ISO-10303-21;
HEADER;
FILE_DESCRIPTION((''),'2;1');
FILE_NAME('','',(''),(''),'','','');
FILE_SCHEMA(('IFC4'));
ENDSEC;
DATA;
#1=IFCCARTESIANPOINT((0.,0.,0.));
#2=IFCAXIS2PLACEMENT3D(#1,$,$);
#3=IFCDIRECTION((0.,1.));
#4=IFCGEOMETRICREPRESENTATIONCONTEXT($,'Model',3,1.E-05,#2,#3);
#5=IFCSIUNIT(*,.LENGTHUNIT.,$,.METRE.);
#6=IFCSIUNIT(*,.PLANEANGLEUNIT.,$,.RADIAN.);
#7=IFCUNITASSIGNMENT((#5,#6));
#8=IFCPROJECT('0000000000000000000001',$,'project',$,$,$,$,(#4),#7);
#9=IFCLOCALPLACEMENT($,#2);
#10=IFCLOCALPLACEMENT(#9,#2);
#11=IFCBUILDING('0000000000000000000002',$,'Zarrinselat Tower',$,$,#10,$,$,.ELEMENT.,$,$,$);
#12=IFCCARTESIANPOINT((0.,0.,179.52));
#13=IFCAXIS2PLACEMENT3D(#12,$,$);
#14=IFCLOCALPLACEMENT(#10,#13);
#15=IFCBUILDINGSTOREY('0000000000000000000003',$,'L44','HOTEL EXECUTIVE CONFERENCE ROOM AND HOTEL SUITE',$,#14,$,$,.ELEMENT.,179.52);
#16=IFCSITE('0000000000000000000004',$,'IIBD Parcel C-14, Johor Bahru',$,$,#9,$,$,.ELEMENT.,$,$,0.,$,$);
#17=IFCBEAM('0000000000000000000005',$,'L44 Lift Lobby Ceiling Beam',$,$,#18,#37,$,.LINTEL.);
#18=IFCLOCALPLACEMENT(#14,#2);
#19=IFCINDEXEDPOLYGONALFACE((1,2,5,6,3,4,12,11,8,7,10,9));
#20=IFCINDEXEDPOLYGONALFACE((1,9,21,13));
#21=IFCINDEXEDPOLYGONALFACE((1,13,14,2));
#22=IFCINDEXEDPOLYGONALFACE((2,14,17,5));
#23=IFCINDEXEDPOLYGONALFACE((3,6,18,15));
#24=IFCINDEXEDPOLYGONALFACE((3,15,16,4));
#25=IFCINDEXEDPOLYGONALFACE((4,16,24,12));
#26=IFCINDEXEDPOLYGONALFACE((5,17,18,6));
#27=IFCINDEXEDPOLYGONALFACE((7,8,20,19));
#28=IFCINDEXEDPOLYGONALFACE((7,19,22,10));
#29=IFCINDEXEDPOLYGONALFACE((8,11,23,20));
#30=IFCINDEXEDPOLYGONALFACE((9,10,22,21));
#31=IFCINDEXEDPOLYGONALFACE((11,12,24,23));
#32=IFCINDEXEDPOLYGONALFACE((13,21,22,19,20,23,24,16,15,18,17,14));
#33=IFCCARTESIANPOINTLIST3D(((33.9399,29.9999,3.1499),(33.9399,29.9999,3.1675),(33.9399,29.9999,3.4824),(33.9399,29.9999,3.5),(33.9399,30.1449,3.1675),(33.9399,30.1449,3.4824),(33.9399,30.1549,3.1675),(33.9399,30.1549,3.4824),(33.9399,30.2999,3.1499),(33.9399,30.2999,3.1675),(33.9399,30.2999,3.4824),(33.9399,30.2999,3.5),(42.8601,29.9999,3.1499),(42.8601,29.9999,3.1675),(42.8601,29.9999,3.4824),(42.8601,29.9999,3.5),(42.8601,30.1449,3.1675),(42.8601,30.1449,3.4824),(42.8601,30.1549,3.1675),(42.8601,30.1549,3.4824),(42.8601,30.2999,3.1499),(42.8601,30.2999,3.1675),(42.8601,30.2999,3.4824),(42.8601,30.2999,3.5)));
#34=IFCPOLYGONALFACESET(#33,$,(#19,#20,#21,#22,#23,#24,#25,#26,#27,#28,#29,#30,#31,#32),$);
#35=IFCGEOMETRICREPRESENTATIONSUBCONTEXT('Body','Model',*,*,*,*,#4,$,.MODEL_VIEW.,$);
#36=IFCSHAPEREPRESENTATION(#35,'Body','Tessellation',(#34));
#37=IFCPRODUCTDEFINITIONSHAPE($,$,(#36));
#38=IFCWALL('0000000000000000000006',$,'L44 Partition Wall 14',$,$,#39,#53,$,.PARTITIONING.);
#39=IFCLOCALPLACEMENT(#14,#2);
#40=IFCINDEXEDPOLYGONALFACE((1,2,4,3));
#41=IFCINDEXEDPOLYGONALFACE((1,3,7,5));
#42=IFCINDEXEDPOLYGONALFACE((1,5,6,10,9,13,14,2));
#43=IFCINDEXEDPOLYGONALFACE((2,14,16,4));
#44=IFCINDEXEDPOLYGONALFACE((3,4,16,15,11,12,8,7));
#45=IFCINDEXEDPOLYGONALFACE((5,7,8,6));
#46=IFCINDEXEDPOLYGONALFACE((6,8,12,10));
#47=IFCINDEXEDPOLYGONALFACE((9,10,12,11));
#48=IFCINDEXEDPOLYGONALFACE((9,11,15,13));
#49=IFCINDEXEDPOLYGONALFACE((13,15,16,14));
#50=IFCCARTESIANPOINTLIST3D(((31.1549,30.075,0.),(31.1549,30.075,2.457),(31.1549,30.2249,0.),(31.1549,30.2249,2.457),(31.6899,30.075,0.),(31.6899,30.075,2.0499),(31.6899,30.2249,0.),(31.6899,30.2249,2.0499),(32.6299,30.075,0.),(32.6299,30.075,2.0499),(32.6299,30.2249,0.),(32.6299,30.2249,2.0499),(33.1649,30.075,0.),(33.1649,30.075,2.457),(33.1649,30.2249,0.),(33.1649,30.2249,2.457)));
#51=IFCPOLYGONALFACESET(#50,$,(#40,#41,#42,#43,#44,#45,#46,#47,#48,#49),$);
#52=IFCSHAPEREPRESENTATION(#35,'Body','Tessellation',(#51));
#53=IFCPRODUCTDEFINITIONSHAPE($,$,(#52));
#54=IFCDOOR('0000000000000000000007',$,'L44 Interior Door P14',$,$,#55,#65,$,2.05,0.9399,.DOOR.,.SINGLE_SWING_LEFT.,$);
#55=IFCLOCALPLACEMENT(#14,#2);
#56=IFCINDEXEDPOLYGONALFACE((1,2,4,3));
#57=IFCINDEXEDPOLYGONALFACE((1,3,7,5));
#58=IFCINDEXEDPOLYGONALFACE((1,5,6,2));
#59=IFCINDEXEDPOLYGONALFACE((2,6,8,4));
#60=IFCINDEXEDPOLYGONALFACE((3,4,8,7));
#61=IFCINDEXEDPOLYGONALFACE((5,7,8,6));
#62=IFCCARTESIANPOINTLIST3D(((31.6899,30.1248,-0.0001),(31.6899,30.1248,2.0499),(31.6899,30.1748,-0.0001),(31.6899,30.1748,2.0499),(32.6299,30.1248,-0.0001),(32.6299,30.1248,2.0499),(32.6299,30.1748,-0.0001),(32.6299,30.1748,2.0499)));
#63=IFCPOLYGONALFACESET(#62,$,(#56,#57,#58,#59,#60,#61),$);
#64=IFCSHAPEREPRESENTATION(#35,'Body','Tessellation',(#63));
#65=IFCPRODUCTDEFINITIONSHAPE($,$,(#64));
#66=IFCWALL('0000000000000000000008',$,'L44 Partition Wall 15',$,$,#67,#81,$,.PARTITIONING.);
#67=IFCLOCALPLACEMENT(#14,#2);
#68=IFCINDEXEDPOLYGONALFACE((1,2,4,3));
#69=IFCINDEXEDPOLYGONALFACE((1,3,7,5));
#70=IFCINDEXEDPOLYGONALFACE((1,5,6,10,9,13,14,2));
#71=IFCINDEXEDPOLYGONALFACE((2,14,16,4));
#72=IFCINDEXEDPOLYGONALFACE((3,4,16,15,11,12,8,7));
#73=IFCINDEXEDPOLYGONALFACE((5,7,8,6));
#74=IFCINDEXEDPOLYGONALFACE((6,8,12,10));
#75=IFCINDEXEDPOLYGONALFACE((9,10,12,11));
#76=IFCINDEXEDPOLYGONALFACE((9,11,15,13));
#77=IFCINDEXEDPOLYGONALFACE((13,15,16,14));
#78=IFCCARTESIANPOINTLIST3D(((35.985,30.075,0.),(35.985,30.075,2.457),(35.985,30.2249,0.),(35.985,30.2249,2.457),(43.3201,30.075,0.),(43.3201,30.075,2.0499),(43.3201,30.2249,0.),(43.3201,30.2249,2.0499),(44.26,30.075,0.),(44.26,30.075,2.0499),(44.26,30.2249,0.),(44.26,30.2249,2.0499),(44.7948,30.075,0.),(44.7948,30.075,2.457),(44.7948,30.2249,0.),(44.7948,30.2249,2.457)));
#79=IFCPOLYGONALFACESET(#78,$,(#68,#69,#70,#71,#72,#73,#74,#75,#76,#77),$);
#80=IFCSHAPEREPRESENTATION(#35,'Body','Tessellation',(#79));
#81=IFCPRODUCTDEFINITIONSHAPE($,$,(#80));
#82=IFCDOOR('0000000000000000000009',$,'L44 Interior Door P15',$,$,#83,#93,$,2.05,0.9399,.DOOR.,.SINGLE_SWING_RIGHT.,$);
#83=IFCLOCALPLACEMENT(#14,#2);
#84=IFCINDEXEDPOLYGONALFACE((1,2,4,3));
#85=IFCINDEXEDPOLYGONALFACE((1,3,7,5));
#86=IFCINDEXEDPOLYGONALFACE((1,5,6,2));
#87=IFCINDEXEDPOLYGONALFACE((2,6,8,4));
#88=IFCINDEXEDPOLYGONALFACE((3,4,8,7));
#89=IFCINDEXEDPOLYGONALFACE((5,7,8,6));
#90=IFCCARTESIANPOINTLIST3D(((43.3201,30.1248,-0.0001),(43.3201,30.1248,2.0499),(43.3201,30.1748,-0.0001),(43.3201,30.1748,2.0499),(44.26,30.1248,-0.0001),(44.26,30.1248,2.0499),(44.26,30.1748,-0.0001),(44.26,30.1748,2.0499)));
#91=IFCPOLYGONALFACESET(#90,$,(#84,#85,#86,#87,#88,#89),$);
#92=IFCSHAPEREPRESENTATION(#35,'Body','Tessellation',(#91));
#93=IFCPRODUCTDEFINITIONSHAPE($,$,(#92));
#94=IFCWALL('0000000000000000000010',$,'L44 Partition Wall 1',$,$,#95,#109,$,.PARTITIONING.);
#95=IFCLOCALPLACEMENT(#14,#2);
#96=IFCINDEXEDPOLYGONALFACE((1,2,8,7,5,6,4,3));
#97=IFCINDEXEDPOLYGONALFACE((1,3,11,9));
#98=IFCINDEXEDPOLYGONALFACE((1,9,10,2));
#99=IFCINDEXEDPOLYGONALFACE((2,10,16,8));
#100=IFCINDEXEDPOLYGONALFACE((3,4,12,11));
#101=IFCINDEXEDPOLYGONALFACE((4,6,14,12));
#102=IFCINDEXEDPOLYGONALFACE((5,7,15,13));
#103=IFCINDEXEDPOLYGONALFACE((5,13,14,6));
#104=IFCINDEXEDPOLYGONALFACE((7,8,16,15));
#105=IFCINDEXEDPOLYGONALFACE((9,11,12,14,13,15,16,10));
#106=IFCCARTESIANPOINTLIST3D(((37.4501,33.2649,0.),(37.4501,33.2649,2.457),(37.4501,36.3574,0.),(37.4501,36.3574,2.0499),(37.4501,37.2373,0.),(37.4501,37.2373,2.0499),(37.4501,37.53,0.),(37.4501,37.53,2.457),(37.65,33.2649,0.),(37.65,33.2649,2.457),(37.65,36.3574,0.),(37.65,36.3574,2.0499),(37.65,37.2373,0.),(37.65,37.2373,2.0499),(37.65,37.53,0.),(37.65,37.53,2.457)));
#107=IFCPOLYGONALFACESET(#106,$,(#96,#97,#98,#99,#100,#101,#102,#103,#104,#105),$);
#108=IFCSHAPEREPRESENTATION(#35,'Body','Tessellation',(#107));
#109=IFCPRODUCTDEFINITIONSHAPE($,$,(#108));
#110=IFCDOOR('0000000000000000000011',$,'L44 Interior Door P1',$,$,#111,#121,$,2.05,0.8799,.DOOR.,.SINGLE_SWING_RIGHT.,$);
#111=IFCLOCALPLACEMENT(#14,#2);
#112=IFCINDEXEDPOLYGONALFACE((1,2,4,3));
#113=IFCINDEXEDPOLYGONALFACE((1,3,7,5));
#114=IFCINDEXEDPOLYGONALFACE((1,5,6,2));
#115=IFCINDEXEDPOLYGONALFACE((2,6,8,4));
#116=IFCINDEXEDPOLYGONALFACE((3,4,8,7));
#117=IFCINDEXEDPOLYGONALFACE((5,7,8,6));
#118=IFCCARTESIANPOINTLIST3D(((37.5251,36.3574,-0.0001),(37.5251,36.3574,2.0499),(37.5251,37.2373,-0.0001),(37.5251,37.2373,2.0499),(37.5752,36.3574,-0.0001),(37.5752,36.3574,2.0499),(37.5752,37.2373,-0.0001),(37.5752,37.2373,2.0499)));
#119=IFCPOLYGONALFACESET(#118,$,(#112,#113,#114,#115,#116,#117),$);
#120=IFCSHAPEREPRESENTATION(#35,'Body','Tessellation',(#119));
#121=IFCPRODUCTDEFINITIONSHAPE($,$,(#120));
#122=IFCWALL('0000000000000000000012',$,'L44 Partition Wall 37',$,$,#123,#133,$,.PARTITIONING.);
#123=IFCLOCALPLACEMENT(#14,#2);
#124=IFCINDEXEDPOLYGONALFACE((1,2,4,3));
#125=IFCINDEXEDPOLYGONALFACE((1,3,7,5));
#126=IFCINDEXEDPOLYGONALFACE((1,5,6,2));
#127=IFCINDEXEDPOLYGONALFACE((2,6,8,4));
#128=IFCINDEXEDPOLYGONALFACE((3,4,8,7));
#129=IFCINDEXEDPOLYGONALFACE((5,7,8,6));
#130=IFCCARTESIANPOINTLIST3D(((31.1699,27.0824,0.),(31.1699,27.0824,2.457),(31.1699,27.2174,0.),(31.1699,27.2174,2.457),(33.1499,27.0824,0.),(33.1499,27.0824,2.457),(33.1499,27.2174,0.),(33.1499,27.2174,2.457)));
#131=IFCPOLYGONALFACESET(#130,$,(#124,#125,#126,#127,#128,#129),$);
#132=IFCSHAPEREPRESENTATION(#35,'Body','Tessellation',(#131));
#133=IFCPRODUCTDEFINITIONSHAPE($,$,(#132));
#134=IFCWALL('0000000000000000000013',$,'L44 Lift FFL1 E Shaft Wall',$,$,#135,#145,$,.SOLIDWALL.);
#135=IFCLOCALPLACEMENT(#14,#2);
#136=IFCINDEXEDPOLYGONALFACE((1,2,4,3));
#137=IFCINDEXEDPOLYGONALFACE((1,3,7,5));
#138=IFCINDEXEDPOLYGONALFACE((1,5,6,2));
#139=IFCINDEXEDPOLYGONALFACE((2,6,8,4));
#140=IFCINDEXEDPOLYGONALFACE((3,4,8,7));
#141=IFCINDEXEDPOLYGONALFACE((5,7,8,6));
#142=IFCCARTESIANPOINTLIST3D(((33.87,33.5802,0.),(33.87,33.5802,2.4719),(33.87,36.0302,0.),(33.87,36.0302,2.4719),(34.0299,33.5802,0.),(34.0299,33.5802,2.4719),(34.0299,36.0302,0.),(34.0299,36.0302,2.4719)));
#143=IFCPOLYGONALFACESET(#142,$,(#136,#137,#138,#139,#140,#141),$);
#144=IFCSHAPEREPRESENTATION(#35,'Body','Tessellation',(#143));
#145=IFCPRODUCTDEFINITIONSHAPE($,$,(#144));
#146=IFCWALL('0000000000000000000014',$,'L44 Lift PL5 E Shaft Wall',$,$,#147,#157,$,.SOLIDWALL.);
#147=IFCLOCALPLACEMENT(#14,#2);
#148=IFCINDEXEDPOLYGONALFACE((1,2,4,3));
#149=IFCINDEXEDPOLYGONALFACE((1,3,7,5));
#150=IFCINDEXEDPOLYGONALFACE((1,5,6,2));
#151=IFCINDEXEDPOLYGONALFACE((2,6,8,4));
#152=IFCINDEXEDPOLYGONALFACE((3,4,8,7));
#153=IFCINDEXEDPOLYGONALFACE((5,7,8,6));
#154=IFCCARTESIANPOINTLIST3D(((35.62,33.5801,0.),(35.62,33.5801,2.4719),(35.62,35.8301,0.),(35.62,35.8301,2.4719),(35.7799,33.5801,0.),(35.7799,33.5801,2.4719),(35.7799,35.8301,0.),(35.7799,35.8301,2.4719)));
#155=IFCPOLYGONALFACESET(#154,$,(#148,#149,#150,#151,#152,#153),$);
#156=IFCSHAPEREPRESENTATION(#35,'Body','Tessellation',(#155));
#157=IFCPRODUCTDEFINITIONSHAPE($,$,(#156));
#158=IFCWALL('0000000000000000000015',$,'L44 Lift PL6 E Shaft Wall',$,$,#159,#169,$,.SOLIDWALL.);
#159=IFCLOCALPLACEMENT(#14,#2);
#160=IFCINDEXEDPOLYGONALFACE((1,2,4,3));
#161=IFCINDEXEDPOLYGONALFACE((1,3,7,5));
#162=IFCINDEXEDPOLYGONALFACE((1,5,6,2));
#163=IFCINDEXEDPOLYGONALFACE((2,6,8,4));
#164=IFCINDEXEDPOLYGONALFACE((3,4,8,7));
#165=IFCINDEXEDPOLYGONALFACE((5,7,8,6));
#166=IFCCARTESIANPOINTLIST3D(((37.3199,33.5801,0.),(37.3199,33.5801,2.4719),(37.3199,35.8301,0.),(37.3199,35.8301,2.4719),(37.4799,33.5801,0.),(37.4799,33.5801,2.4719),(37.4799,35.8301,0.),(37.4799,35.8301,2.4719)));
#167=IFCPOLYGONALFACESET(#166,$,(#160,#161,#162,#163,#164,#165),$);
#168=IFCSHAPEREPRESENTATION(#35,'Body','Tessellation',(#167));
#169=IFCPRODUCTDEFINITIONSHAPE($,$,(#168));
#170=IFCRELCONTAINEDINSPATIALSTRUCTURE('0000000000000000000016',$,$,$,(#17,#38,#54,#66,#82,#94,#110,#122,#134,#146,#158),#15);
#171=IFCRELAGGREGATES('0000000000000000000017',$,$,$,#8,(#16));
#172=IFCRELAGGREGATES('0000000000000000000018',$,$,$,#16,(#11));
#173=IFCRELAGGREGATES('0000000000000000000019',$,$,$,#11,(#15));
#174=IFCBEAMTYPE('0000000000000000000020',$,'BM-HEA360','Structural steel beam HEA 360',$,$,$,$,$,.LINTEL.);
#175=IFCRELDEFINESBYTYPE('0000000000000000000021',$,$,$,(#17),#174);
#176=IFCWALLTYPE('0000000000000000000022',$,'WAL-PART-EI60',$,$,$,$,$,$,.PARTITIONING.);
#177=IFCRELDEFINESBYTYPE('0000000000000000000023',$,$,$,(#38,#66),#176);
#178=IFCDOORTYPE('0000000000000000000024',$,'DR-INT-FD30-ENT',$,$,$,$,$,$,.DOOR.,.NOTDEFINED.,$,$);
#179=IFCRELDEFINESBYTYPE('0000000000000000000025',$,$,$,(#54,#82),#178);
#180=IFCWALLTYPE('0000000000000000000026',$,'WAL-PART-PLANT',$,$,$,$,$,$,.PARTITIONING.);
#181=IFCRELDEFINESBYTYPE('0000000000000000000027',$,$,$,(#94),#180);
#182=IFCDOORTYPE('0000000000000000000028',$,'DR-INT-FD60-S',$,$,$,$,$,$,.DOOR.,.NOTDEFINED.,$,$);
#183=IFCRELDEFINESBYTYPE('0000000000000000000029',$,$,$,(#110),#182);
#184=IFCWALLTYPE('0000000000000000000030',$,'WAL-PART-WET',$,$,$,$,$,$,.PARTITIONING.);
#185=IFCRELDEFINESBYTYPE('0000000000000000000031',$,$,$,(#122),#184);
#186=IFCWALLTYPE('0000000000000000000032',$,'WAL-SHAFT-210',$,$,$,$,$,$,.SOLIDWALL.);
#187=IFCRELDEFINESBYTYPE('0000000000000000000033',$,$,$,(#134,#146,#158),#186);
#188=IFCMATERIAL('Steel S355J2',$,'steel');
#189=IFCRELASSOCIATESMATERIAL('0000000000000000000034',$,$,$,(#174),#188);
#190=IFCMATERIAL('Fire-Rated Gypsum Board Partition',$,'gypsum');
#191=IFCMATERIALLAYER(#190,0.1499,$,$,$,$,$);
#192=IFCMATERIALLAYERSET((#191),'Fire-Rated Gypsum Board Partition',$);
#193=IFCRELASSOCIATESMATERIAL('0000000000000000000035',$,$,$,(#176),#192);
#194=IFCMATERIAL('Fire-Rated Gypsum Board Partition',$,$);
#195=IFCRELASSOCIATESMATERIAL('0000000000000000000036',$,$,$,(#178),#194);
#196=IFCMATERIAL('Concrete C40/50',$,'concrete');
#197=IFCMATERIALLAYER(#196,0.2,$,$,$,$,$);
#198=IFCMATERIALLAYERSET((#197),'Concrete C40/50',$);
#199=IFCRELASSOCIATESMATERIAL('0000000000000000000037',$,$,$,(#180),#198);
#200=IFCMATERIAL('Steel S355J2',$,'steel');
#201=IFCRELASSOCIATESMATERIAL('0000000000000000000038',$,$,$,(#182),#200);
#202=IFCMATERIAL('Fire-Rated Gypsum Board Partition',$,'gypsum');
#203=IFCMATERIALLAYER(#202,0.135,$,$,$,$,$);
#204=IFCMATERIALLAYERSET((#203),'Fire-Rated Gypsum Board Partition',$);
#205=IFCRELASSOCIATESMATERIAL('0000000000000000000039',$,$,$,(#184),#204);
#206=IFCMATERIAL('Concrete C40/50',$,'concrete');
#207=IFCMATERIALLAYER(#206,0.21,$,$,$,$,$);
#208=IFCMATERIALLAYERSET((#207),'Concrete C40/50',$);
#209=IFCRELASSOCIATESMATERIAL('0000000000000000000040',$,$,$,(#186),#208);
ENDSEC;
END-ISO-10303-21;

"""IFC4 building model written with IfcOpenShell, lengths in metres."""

from ifc_helpers import new_model, si_unit, direction, frame, frame_2d, origin, origin_2d, place, context, subcontext, project, spatial, rectangle, i_section, extrude, material, layer, layer_set, material_profile, profile_set, type_object, element, fill, save


model = new_model("IFC4")

# Units and contexts
model_context = context("Model", 3, precision=1e-05, world=origin(), true_north=direction((0.0, 1.0)))
body_context = subcontext(model_context, "Body", "Model", "MODEL_VIEW")
ifc_project = project(units=[si_unit("LENGTHUNIT", "METRE"), si_unit("PLANEANGLEUNIT", "RADIAN")], contexts=[model_context])

# Site, building, storey
site_placement = place(None, origin())
site = spatial("IfcSite", under=ifc_project, at=site_placement, Name="IIBD Parcel C-14, Johor Bahru", CompositionType="ELEMENT", RefElevation=0.0)
building_placement = place(site_placement, origin())
building = spatial("IfcBuilding", under=site, at=building_placement, Name="Zarrinselat Tower", CompositionType="ELEMENT")
storey_placement = place(building_placement, frame((0.0, 0.0, 179.52)))
storey = spatial("IfcBuildingStorey", under=building, at=storey_placement, Name="L44", Description="HOTEL EXECUTIVE CONFERENCE ROOM AND HOTEL SUITE", CompositionType="ELEMENT", Elevation=179.52)

# Beam
ifc_material_1 = material(Name="Steel S355J2", Category="steel")
ifc_material_profile = material_profile(ifc_material_1, i_section(OverallWidth=0.3, OverallDepth=0.3501, WebThickness=0.01, FlangeThickness=0.0176, at=origin_2d()), Name="HEA 360")
ifc_profile_set = profile_set([ifc_material_profile], Name="Steel S355J2")
beam_type = type_object("IfcBeamType", Name="BM-HEA360", Description="Structural steel beam HEA 360", PredefinedType="LINTEL", material=ifc_profile_set)
beam_placement = place(storey_placement, frame((33.9399, 30.1499, 3.325), z_axis=(1.0, 0.0, 0.0), x_axis=(0.0, 1.0, 0.0)))
element("IfcBeam", 1, at=beam_placement, inside=storey, type_object=beam_type, Name="L44 Lift Lobby Ceiling Beam", PredefinedType="LINTEL", context=body_context, shape_type="SweptSolid", body=[
    extrude(i_section(OverallWidth=0.3, OverallDepth=0.3501, WebThickness=0.01, FlangeThickness=0.0176, at=origin_2d()), origin(), (0.0, 0.0, 1.0), 8.9202),
])

# Walls, openings, doors
ifc_material_2 = material(Name="Fire-Rated Gypsum Board Partition", Category="gypsum")
ifc_layer_1 = layer(ifc_material_2, 0.1499)
ifc_layer_set_1 = layer_set([ifc_layer_1], Name="Fire-Rated Gypsum Board Partition")
wall_type_1 = type_object("IfcWallType", Name="WAL-PART-EI60", PredefinedType="PARTITIONING", material=ifc_layer_set_1)
wall_1_placement = place(storey_placement, frame((31.155, 30.1499, 0.0), z_axis=(0.0, 0.0, 1.0), x_axis=(1.0, 0.0, 0.0)))
wall_1 = element("IfcWall", 2, at=wall_1_placement, inside=storey, type_object=wall_type_1, Name="L44 Partition Wall 14", PredefinedType="PARTITIONING", context=body_context, shape_type="SweptSolid", body=[
    extrude(rectangle(XDim=2.01, YDim=0.1499, at=frame_2d((1.0049, 0.0))), origin(), (0.0, 0.0, 1.0), 2.457),
])
opening_1_placement = place(wall_1_placement, frame((0.5349, 0.0, 0.0)))
opening_1 = element("IfcOpeningElement", 3, at=opening_1_placement, cuts=wall_1, PredefinedType="OPENING", context=body_context, shape_type="SweptSolid", body=[
    extrude(rectangle(XDim=0.9399, YDim=2.05, at=frame_2d((0.47, 1.0249))), frame((0.0, 0.085, 0.0), z_axis=(0.0, -1.0, 0.0), x_axis=(1.0, 0.0, 0.0)), (0.0, 0.0, 1.0), 0.1699),
])
ifc_material_3 = material(Name="Fire-Rated Gypsum Board Partition")
door_type_1 = type_object("IfcDoorType", Name="DR-INT-FD30-ENT", OperationType="NOTDEFINED", PredefinedType="DOOR", material=ifc_material_3)
door_1_placement = place(opening_1_placement, origin())
door_1 = element("IfcDoor", 4, at=door_1_placement, inside=storey, type_object=door_type_1, Name="L44 Interior Door P14", OperationType="SINGLE_SWING_LEFT", OverallHeight=2.05, OverallWidth=0.9399, PredefinedType="DOOR", context=body_context, shape_type="SweptSolid", body=[
    extrude(rectangle(XDim=0.9399, YDim=2.05, at=frame_2d((0.47, 1.0249))), frame((0.0, 0.0249, 0.0), z_axis=(0.0, -1.0, 0.0), x_axis=(1.0, 0.0, 0.0)), (0.0, 0.0, 1.0), 0.05),
])
fill(opening_1, door_1)
wall_2_placement = place(storey_placement, frame((35.9851, 30.1499, 0.0), z_axis=(0.0, 0.0, 1.0), x_axis=(1.0, 0.0, 0.0)))
wall_2 = element("IfcWall", 5, at=wall_2_placement, inside=storey, type_object=wall_type_1, Name="L44 Partition Wall 15", PredefinedType="PARTITIONING", context=body_context, shape_type="SweptSolid", body=[
    extrude(rectangle(XDim=8.8098, YDim=0.1499, at=frame_2d((4.4048, 0.0))), origin(), (0.0, 0.0, 1.0), 2.457),
])
opening_2_placement = place(wall_2_placement, frame((7.335, 0.0, 0.0)))
opening_2 = element("IfcOpeningElement", 6, at=opening_2_placement, cuts=wall_2, PredefinedType="OPENING", context=body_context, shape_type="SweptSolid", body=[
    extrude(rectangle(XDim=0.9399, YDim=2.05, at=frame_2d((0.47, 1.0249))), frame((0.0, 0.085, 0.0), z_axis=(0.0, -1.0, 0.0), x_axis=(1.0, 0.0, 0.0)), (0.0, 0.0, 1.0), 0.1699),
])
door_2_placement = place(opening_2_placement, origin())
door_2 = element("IfcDoor", 7, at=door_2_placement, inside=storey, type_object=door_type_1, Name="L44 Interior Door P15", OperationType="SINGLE_SWING_RIGHT", OverallHeight=2.05, OverallWidth=0.9399, PredefinedType="DOOR", context=body_context, shape_type="SweptSolid", body=[
    extrude(rectangle(XDim=0.9399, YDim=2.05, at=frame_2d((0.47, 1.0249))), frame((0.0, 0.0249, 0.0), z_axis=(0.0, -1.0, 0.0), x_axis=(1.0, 0.0, 0.0)), (0.0, 0.0, 1.0), 0.05),
])
fill(opening_2, door_2)
ifc_material_4 = material(Name="Concrete C40/50", Category="concrete")
ifc_layer_2 = layer(ifc_material_4, 0.2)
ifc_layer_set_2 = layer_set([ifc_layer_2], Name="Concrete C40/50")
wall_type_2 = type_object("IfcWallType", Name="WAL-PART-PLANT", PredefinedType="PARTITIONING", material=ifc_layer_set_2)
wall_3_placement = place(storey_placement, frame((37.55, 33.2649, 0.0), z_axis=(0.0, 0.0, 1.0), x_axis=(0.0, 1.0, 0.0)))
wall_3 = element("IfcWall", 8, at=wall_3_placement, inside=storey, type_object=wall_type_2, Name="L44 Partition Wall 1", PredefinedType="PARTITIONING", context=body_context, shape_type="SweptSolid", body=[
    extrude(rectangle(XDim=4.2651, YDim=0.2, at=frame_2d((2.1326, 0.0))), origin(), (0.0, 0.0, 1.0), 2.457),
])
opening_3_placement = place(wall_3_placement, frame((3.0925, 0.0, 0.0)))
opening_3 = element("IfcOpeningElement", 9, at=opening_3_placement, cuts=wall_3, PredefinedType="OPENING", context=body_context, shape_type="SweptSolid", body=[
    extrude(rectangle(XDim=0.8799, YDim=2.05, at=frame_2d((0.4399, 1.0249))), frame((0.0, 0.1099, 0.0), z_axis=(0.0, -1.0, 0.0), x_axis=(1.0, 0.0, 0.0)), (0.0, 0.0, 1.0), 0.22),
])
ifc_material_5 = material(Name="Steel S355J2", Category="steel")
door_type_2 = type_object("IfcDoorType", Name="DR-INT-FD60-S", OperationType="NOTDEFINED", PredefinedType="DOOR", material=ifc_material_5)
door_3_placement = place(opening_3_placement, origin())
door_3 = element("IfcDoor", 10, at=door_3_placement, inside=storey, type_object=door_type_2, Name="L44 Interior Door P1", OperationType="SINGLE_SWING_RIGHT", OverallHeight=2.05, OverallWidth=0.8799, PredefinedType="DOOR", context=body_context, shape_type="SweptSolid", body=[
    extrude(rectangle(XDim=0.8799, YDim=2.05, at=frame_2d((0.4399, 1.0249))), frame((0.0, 0.0249, 0.0), z_axis=(0.0, -1.0, 0.0), x_axis=(1.0, 0.0, 0.0)), (0.0, 0.0, 1.0), 0.05),
])
fill(opening_3, door_3)

# Walls
ifc_material_6 = material(Name="Fire-Rated Gypsum Board Partition", Category="gypsum")
ifc_layer_3 = layer(ifc_material_6, 0.135)
ifc_layer_set_3 = layer_set([ifc_layer_3], Name="Fire-Rated Gypsum Board Partition")
wall_type_3 = type_object("IfcWallType", Name="WAL-PART-WET", PredefinedType="PARTITIONING", material=ifc_layer_set_3)
wall_4_placement = place(storey_placement, frame((31.1699, 27.1499, 0.0), z_axis=(0.0, 0.0, 1.0), x_axis=(1.0, 0.0, 0.0)))
element("IfcWall", 11, at=wall_4_placement, inside=storey, type_object=wall_type_3, Name="L44 Partition Wall 37", PredefinedType="PARTITIONING", context=body_context, shape_type="SweptSolid", body=[
    extrude(rectangle(XDim=1.98, YDim=0.135, at=frame_2d((0.99, 0.0))), origin(), (0.0, 0.0, 1.0), 2.457),
])
ifc_material_7 = material(Name="Concrete C40/50", Category="concrete")
ifc_layer_4 = layer(ifc_material_7, 0.21)
ifc_layer_set_4 = layer_set([ifc_layer_4], Name="Concrete C40/50")
wall_type_4 = type_object("IfcWallType", Name="WAL-SHAFT-210", PredefinedType="SOLIDWALL", material=ifc_layer_set_4)
wall_5_placement = place(storey_placement, frame((33.95, 33.5801, 0.0), z_axis=(0.0, 0.0, 1.0), x_axis=(0.0, 1.0, 0.0)))
element("IfcWall", 12, at=wall_5_placement, inside=storey, type_object=wall_type_4, Name="L44 Lift FFL1 E Shaft Wall", PredefinedType="SOLIDWALL", context=body_context, shape_type="SweptSolid", body=[
    extrude(rectangle(XDim=2.45, YDim=0.1599, at=frame_2d((1.2251, 0.0))), origin(), (0.0, 0.0, 1.0), 2.4719),
])
for number, where, z_axis, x_axis, name in (
    (13, (35.7, 33.5801, 0.0), (0.0, 0.0, 1.0), (0.0, 1.0, 0.0), "L44 Lift PL5 E Shaft Wall"),
    (14, (37.3999, 33.5801, 0.0), (0.0, 0.0, 1.0), (0.0, 1.0, 0.0), "L44 Lift PL6 E Shaft Wall"),
):
    element("IfcWall", number, at=place(storey_placement, frame(where, z_axis=z_axis, x_axis=x_axis)), inside=storey, type_object=wall_type_4, Name=name, PredefinedType="SOLIDWALL", context=body_context, shape_type="SweptSolid", body=[
        extrude(rectangle(XDim=2.25, YDim=0.1599, at=frame_2d((1.125, 0.0))), origin(), (0.0, 0.0, 1.0), 2.4719),
    ])

save(model, "model.ifc")
